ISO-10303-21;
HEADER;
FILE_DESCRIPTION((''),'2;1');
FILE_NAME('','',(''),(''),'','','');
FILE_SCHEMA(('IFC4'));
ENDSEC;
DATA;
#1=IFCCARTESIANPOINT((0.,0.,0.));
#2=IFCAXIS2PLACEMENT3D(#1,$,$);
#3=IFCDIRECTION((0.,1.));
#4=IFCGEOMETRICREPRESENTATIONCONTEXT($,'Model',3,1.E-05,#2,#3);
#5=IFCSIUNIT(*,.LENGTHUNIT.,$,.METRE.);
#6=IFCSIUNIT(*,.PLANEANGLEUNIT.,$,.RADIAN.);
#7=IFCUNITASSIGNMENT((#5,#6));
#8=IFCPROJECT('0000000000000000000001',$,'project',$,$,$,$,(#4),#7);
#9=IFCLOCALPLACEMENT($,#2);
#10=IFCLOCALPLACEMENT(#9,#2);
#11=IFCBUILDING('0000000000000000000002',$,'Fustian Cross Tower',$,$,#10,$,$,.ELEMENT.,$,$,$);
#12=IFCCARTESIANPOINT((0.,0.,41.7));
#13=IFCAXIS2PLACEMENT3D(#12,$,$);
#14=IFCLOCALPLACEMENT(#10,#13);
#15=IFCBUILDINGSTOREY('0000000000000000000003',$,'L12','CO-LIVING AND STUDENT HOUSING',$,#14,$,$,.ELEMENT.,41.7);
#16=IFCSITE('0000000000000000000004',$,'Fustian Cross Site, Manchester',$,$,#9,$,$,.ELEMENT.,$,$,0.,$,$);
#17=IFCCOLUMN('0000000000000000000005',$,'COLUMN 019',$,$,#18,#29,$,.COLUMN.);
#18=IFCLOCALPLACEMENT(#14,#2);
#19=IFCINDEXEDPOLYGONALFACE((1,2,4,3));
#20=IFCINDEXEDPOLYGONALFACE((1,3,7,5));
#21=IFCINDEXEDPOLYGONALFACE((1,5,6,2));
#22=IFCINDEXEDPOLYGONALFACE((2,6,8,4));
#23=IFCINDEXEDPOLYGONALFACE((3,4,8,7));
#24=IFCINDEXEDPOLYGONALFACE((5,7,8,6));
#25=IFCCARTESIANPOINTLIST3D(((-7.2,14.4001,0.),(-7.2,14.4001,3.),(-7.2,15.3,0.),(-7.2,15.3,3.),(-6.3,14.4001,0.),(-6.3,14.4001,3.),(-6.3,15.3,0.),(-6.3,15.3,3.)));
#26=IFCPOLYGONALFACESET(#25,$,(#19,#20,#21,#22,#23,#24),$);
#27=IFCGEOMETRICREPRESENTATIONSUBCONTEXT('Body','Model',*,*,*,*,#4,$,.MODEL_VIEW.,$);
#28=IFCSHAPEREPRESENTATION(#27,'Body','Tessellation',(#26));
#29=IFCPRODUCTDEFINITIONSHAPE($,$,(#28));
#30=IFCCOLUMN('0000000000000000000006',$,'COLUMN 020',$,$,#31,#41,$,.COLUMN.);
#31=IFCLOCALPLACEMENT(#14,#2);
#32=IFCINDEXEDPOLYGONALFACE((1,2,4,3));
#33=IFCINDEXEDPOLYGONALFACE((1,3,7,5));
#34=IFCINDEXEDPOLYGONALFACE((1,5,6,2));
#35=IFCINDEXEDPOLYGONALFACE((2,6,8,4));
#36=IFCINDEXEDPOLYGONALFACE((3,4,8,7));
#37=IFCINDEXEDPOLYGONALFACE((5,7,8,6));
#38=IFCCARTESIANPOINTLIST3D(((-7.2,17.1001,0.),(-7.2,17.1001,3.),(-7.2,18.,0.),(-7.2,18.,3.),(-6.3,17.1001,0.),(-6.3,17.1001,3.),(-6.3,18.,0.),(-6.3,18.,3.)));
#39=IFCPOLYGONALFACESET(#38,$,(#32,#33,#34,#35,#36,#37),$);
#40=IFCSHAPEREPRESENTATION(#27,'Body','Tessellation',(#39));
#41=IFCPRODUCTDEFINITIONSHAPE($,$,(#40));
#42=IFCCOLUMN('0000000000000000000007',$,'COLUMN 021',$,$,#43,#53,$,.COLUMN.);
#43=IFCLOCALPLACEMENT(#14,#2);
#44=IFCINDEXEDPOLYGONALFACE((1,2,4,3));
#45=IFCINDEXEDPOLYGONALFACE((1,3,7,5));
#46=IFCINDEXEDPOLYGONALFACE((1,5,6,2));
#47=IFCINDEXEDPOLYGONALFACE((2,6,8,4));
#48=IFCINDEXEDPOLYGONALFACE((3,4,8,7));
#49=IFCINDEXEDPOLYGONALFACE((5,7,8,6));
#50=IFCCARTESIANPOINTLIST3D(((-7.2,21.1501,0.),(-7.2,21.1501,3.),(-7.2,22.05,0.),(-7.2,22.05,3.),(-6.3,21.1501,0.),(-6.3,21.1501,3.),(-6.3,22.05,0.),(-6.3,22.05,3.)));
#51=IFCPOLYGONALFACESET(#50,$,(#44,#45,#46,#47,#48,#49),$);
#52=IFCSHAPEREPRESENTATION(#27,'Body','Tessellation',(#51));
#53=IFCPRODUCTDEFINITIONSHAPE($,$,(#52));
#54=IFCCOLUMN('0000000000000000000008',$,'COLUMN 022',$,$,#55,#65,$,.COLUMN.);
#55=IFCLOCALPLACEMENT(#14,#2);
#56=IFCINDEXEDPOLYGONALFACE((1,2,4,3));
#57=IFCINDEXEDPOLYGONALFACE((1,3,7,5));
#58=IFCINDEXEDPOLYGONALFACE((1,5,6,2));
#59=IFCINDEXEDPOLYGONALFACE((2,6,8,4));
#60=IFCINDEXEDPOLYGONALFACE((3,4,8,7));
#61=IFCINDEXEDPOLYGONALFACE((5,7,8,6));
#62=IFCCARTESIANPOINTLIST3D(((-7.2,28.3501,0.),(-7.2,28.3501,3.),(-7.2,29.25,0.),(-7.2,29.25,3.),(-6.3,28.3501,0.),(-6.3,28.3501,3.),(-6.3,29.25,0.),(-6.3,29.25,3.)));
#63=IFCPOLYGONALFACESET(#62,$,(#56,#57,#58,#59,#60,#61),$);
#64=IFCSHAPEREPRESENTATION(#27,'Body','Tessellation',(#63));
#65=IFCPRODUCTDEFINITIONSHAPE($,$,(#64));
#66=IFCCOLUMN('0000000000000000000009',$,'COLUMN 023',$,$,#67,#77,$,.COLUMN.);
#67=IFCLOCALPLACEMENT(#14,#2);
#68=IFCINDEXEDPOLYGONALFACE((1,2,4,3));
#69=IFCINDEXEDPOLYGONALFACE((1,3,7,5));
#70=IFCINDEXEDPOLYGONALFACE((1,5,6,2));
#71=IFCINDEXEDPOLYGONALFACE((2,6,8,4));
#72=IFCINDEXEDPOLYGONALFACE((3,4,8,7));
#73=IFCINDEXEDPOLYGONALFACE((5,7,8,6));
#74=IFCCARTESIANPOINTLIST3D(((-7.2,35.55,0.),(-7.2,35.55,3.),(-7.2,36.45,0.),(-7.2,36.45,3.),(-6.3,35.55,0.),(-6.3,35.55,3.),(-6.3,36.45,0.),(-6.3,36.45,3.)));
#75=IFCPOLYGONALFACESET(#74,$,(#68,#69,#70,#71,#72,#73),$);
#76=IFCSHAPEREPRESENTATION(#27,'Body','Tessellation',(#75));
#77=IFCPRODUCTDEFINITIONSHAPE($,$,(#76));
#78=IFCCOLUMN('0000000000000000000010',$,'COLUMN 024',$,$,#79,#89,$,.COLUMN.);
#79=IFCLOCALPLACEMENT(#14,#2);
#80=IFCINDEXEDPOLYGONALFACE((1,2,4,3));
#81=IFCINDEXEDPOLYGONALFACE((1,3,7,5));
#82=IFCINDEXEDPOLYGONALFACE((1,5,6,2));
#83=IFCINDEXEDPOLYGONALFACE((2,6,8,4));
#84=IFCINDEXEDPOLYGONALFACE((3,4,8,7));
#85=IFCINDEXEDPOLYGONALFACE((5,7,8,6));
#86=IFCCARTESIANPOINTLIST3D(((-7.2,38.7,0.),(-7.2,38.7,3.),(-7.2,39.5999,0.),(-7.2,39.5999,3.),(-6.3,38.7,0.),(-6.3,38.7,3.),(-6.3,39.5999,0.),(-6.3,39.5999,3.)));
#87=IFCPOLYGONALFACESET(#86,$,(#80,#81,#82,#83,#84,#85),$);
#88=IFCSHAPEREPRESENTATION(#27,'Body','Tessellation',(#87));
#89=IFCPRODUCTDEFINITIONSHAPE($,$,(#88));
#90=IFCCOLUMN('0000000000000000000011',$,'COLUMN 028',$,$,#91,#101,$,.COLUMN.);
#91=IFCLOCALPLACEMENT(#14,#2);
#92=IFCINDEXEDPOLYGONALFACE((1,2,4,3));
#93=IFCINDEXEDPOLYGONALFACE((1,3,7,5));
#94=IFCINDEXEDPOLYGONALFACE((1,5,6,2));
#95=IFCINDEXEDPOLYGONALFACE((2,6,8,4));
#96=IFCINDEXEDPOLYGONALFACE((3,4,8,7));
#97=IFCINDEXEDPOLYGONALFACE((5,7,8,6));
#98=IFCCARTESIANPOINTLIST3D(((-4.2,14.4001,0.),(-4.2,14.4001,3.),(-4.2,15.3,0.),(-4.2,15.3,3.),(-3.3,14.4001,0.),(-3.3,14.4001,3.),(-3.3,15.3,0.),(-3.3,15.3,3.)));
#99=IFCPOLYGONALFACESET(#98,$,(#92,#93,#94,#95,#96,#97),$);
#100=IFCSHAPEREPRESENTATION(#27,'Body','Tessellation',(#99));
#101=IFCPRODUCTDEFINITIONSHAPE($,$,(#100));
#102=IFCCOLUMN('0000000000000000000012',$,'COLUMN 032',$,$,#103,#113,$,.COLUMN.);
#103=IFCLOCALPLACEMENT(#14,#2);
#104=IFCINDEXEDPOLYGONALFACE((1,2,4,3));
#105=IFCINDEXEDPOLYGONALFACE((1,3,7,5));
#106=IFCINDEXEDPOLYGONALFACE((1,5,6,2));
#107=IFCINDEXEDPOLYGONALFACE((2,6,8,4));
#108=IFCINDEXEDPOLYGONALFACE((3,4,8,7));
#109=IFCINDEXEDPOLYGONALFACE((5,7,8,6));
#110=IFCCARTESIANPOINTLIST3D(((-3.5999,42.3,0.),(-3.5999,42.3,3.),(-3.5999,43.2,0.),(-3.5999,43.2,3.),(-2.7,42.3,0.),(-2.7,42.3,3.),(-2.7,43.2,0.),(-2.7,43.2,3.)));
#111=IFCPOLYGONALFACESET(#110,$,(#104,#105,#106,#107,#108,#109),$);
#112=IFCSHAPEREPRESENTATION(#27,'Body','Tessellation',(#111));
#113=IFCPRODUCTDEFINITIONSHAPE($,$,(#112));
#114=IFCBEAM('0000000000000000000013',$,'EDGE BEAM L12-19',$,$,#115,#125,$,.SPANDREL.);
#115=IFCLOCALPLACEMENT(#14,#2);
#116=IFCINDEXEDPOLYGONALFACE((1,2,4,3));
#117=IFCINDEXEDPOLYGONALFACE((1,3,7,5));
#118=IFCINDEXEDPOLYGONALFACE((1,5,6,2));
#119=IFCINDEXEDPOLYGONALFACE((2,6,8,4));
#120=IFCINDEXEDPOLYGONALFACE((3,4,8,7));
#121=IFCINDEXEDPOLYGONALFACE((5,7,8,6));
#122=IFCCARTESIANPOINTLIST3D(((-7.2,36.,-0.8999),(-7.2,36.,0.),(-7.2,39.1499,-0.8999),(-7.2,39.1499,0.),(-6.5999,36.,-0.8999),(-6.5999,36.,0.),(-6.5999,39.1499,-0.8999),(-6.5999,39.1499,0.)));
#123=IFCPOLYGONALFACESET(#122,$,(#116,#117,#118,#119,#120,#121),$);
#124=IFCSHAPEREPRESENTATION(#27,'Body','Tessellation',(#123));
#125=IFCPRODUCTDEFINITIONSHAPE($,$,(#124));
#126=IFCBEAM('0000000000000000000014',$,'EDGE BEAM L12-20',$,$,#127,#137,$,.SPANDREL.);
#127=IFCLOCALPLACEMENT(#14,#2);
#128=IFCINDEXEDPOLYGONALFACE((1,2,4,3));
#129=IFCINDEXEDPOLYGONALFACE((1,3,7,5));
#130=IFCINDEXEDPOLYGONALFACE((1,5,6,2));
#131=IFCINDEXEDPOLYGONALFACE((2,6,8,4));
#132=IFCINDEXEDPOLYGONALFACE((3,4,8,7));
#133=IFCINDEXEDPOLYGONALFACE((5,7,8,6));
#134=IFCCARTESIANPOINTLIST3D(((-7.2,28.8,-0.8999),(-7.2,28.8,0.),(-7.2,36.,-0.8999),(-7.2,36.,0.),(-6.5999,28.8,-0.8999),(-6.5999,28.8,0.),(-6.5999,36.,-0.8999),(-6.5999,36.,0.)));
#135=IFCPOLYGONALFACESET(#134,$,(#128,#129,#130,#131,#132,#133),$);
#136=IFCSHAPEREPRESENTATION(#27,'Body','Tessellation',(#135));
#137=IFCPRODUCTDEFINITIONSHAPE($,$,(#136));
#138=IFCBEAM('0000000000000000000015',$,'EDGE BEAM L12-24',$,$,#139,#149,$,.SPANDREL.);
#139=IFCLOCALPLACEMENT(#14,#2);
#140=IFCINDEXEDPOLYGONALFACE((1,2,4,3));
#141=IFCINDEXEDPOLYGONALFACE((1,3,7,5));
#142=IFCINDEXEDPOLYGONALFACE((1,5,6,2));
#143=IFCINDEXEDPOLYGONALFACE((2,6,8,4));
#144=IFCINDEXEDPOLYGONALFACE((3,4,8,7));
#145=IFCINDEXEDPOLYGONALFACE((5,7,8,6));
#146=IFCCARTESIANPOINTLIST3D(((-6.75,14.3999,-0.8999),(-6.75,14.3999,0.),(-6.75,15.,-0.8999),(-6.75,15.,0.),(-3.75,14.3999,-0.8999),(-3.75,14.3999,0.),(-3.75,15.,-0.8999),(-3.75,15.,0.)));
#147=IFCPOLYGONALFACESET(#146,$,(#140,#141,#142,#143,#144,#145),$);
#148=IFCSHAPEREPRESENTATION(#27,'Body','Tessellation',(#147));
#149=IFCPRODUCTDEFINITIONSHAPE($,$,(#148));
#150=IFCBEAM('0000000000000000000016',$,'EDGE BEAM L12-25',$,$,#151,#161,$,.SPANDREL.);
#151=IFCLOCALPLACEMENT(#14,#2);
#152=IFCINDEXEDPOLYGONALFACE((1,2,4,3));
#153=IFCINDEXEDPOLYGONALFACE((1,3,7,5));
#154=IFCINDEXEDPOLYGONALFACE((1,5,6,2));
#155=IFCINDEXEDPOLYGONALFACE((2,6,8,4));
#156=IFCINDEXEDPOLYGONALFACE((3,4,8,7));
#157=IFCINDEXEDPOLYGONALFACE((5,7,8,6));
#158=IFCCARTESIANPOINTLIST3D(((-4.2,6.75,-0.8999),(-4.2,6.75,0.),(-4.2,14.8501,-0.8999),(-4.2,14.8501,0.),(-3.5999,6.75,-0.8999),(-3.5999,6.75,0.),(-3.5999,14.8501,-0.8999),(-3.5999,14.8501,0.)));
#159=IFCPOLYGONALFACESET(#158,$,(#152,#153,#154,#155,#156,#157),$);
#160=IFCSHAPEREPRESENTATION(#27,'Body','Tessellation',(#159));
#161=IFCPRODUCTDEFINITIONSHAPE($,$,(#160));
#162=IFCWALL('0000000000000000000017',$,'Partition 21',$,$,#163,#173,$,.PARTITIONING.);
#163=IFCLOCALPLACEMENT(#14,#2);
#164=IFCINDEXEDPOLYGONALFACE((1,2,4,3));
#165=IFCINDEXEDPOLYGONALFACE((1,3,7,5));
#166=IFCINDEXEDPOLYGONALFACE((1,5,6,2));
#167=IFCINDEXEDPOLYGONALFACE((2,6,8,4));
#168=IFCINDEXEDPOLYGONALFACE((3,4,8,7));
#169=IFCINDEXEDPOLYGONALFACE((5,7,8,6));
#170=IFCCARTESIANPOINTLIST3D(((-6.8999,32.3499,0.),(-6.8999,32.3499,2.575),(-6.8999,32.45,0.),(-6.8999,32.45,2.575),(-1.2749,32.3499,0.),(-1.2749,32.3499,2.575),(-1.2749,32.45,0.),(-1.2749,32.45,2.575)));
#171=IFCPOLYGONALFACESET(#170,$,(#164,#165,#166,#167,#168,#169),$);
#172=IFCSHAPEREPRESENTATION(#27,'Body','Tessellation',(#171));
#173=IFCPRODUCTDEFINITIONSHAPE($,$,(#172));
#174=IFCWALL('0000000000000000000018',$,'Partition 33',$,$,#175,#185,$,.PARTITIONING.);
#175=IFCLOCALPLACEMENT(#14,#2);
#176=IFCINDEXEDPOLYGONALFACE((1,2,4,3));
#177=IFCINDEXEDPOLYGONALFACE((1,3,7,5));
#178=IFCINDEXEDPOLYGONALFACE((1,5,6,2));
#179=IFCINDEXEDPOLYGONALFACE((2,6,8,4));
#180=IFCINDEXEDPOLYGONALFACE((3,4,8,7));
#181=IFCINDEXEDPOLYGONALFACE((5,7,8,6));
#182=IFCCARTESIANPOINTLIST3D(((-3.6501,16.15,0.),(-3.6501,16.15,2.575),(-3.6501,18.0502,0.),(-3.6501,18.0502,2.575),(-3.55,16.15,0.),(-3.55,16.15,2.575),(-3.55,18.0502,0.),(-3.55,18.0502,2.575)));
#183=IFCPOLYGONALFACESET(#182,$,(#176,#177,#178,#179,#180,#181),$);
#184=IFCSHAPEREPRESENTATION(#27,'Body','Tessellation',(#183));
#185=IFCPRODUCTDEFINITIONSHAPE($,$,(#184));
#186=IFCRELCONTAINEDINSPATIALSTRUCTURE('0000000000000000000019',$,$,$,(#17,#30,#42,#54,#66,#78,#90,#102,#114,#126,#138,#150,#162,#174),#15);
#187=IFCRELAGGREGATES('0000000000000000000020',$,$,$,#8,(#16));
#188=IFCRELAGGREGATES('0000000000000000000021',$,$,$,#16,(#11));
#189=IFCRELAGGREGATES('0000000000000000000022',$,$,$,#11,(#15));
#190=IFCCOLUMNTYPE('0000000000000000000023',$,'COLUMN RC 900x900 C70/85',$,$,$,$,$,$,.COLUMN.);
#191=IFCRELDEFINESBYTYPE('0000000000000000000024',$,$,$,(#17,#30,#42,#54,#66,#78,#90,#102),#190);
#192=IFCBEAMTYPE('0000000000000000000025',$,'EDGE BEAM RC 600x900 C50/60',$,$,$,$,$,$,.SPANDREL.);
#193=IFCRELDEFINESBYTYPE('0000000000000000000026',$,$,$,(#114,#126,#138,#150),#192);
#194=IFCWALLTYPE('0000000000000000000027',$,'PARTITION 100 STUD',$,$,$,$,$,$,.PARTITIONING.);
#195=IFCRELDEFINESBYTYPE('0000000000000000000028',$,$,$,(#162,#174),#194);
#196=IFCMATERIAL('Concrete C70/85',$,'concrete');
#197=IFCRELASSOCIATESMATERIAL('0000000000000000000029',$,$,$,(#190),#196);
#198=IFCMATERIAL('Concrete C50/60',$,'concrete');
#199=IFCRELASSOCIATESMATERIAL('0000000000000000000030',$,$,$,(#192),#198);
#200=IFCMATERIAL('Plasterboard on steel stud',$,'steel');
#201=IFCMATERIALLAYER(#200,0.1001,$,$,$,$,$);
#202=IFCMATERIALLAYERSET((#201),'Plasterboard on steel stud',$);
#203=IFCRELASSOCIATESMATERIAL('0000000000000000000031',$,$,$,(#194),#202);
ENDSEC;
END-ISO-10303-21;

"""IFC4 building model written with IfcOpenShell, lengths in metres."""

from ifc_helpers import new_model, si_unit, direction, frame, frame_2d, origin, origin_2d, place, context, subcontext, project, spatial, rectangle, extrude, material, layer, layer_set, material_profile, profile_set, type_object, element, save


model = new_model("IFC4")

# Units and contexts
model_context = context("Model", 3, precision=1e-05, world=origin(), true_north=direction((0.0, 1.0)))
body_context = subcontext(model_context, "Body", "Model", "MODEL_VIEW")
ifc_project = project(units=[si_unit("LENGTHUNIT", "METRE"), si_unit("PLANEANGLEUNIT", "RADIAN")], contexts=[model_context])

# Site, building, storey
site_placement = place(None, origin())
site = spatial("IfcSite", under=ifc_project, at=site_placement, Name="Fustian Cross Site, Manchester", CompositionType="ELEMENT", RefElevation=0.0)
building_placement = place(site_placement, origin())
building = spatial("IfcBuilding", under=site, at=building_placement, Name="Fustian Cross Tower", CompositionType="ELEMENT")
storey_placement = place(building_placement, frame((0.0, 0.0, 41.7)))
storey = spatial("IfcBuildingStorey", under=building, at=storey_placement, Name="L12", Description="CO-LIVING AND STUDENT HOUSING", CompositionType="ELEMENT", Elevation=41.7)

# Columns
ifc_material_1 = material(Name="Concrete C70/85", Category="concrete")
ifc_material_profile_1 = material_profile(ifc_material_1, rectangle(XDim=0.8999, YDim=0.8999, at=origin_2d()), Name="RC 900x900")
ifc_profile_set_1 = profile_set([ifc_material_profile_1], Name="Concrete C70/85")
column_type = type_object("IfcColumnType", Name="COLUMN RC 900x900 C70/85", PredefinedType="COLUMN", material=ifc_profile_set_1)
for number, where, z_axis, x_axis, name in (
    (1, (-6.75, 14.8501, 0.0), (0.0, 0.0, 1.0), (1.0, 0.0, 0.0), "COLUMN 019"),
    (2, (-6.75, 17.55, 0.0), (0.0, 0.0, 1.0), (1.0, 0.0, 0.0), "COLUMN 020"),
    (3, (-6.75, 21.6001, 0.0), (0.0, 0.0, 1.0), (1.0, 0.0, 0.0), "COLUMN 021"),
    (4, (-6.75, 28.8, 0.0), (0.0, 0.0, 1.0), (1.0, 0.0, 0.0), "COLUMN 022"),
    (5, (-6.75, 36.0, 0.0), (0.0, 0.0, 1.0), (1.0, 0.0, 0.0), "COLUMN 023"),
    (6, (-6.75, 39.1499, 0.0), (0.0, 0.0, 1.0), (1.0, 0.0, 0.0), "COLUMN 024"),
    (7, (-3.75, 14.8501, 0.0), (0.0, 0.0, 1.0), (1.0, 0.0, 0.0), "COLUMN 028"),
    (8, (-3.1499, 42.75, 0.0), (0.0, 0.0, 1.0), (1.0, 0.0, 0.0), "COLUMN 032"),
):
    element("IfcColumn", number, at=place(storey_placement, frame(where, z_axis=z_axis, x_axis=x_axis)), inside=storey, type_object=column_type, Name=name, PredefinedType="COLUMN", context=body_context, shape_type="SweptSolid", body=[
        extrude(rectangle(XDim=0.8999, YDim=0.8999, at=origin_2d()), origin(), (0.0, 0.0, 1.0), 3.0),
    ])

# Beams
ifc_material_2 = material(Name="Concrete C50/60", Category="concrete")
ifc_material_profile_2 = material_profile(ifc_material_2, rectangle(XDim=0.6001, YDim=0.8999, at=origin_2d()), Name="RC 600x900")
ifc_profile_set_2 = profile_set([ifc_material_profile_2], Name="Concrete C50/60")
beam_type = type_object("IfcBeamType", Name="EDGE BEAM RC 600x900 C50/60", PredefinedType="SPANDREL", material=ifc_profile_set_2)
beam_1_placement = place(storey_placement, frame((-6.8999, 39.1499, -0.45), z_axis=(0.0, -1.0, 0.0), x_axis=(1.0, 0.0, 0.0)))
element("IfcBeam", 9, at=beam_1_placement, inside=storey, type_object=beam_type, Name="EDGE BEAM L12-19", PredefinedType="SPANDREL", context=body_context, shape_type="SweptSolid", body=[
    extrude(rectangle(XDim=0.6001, YDim=0.8999, at=origin_2d()), origin(), (0.0, 0.0, 1.0), 3.1499),
])
beam_2_placement = place(storey_placement, frame((-6.8999, 36.0, -0.45), z_axis=(0.0, -1.0, 0.0), x_axis=(1.0, 0.0, 0.0)))
element("IfcBeam", 10, at=beam_2_placement, inside=storey, type_object=beam_type, Name="EDGE BEAM L12-20", PredefinedType="SPANDREL", context=body_context, shape_type="SweptSolid", body=[
    extrude(rectangle(XDim=0.6001, YDim=0.8999, at=origin_2d()), origin(), (0.0, 0.0, 1.0), 7.2),
])
beam_3_placement = place(storey_placement, frame((-6.75, 14.7, -0.45), z_axis=(1.0, 0.0, 0.0), x_axis=(0.0, 1.0, 0.0)))
element("IfcBeam", 11, at=beam_3_placement, inside=storey, type_object=beam_type, Name="EDGE BEAM L12-24", PredefinedType="SPANDREL", context=body_context, shape_type="SweptSolid", body=[
    extrude(rectangle(XDim=0.6001, YDim=0.8999, at=origin_2d()), origin(), (0.0, 0.0, 1.0), 3.0),
])
beam_4_placement = place(storey_placement, frame((-3.8999, 14.8501, -0.45), z_axis=(0.0, -1.0, 0.0), x_axis=(1.0, 0.0, 0.0)))
element("IfcBeam", 12, at=beam_4_placement, inside=storey, type_object=beam_type, Name="EDGE BEAM L12-25", PredefinedType="SPANDREL", context=body_context, shape_type="SweptSolid", body=[
    extrude(rectangle(XDim=0.6001, YDim=0.8999, at=origin_2d()), origin(), (0.0, 0.0, 1.0), 8.1001),
])

# Walls
ifc_material_3 = material(Name="Plasterboard on steel stud", Category="steel")
ifc_layer_1 = layer(ifc_material_3, 0.1001)
ifc_layer_set_1 = layer_set([ifc_layer_1], Name="Plasterboard on steel stud")
wall_type_1 = type_object("IfcWallType", Name="PARTITION 100 STUD", PredefinedType="PARTITIONING", material=ifc_layer_set_1)
wall_1_placement = place(storey_placement, frame((-6.8999, 32.3999, 0.0), z_axis=(0.0, 0.0, 1.0), x_axis=(1.0, 0.0, 0.0)))
element("IfcWall", 13, at=wall_1_placement, inside=storey, type_object=wall_type_1, Name="Partition 21", PredefinedType="PARTITIONING", context=body_context, shape_type="SweptSolid", body=[
    extrude(rectangle(XDim=5.625, YDim=0.1001, at=frame_2d((2.8125, 0.0))), origin(), (0.0, 0.0, 1.0), 2.575),
])
wall_2_placement = place(storey_placement, frame((-3.6001, 16.1499, 0.0), z_axis=(0.0, 0.0, 1.0), x_axis=(0.0, 1.0, 0.0)))
element("IfcWall", 14, at=wall_2_placement, inside=storey, type_object=wall_type_1, Name="Partition 33", PredefinedType="PARTITIONING", context=body_context, shape_type="SweptSolid", body=[
    extrude(rectangle(XDim=1.9001, YDim=0.1001, at=frame_2d((0.9502, 0.0))), origin(), (0.0, 0.0, 1.0), 2.575),
])

save(model, "model.ifc")
